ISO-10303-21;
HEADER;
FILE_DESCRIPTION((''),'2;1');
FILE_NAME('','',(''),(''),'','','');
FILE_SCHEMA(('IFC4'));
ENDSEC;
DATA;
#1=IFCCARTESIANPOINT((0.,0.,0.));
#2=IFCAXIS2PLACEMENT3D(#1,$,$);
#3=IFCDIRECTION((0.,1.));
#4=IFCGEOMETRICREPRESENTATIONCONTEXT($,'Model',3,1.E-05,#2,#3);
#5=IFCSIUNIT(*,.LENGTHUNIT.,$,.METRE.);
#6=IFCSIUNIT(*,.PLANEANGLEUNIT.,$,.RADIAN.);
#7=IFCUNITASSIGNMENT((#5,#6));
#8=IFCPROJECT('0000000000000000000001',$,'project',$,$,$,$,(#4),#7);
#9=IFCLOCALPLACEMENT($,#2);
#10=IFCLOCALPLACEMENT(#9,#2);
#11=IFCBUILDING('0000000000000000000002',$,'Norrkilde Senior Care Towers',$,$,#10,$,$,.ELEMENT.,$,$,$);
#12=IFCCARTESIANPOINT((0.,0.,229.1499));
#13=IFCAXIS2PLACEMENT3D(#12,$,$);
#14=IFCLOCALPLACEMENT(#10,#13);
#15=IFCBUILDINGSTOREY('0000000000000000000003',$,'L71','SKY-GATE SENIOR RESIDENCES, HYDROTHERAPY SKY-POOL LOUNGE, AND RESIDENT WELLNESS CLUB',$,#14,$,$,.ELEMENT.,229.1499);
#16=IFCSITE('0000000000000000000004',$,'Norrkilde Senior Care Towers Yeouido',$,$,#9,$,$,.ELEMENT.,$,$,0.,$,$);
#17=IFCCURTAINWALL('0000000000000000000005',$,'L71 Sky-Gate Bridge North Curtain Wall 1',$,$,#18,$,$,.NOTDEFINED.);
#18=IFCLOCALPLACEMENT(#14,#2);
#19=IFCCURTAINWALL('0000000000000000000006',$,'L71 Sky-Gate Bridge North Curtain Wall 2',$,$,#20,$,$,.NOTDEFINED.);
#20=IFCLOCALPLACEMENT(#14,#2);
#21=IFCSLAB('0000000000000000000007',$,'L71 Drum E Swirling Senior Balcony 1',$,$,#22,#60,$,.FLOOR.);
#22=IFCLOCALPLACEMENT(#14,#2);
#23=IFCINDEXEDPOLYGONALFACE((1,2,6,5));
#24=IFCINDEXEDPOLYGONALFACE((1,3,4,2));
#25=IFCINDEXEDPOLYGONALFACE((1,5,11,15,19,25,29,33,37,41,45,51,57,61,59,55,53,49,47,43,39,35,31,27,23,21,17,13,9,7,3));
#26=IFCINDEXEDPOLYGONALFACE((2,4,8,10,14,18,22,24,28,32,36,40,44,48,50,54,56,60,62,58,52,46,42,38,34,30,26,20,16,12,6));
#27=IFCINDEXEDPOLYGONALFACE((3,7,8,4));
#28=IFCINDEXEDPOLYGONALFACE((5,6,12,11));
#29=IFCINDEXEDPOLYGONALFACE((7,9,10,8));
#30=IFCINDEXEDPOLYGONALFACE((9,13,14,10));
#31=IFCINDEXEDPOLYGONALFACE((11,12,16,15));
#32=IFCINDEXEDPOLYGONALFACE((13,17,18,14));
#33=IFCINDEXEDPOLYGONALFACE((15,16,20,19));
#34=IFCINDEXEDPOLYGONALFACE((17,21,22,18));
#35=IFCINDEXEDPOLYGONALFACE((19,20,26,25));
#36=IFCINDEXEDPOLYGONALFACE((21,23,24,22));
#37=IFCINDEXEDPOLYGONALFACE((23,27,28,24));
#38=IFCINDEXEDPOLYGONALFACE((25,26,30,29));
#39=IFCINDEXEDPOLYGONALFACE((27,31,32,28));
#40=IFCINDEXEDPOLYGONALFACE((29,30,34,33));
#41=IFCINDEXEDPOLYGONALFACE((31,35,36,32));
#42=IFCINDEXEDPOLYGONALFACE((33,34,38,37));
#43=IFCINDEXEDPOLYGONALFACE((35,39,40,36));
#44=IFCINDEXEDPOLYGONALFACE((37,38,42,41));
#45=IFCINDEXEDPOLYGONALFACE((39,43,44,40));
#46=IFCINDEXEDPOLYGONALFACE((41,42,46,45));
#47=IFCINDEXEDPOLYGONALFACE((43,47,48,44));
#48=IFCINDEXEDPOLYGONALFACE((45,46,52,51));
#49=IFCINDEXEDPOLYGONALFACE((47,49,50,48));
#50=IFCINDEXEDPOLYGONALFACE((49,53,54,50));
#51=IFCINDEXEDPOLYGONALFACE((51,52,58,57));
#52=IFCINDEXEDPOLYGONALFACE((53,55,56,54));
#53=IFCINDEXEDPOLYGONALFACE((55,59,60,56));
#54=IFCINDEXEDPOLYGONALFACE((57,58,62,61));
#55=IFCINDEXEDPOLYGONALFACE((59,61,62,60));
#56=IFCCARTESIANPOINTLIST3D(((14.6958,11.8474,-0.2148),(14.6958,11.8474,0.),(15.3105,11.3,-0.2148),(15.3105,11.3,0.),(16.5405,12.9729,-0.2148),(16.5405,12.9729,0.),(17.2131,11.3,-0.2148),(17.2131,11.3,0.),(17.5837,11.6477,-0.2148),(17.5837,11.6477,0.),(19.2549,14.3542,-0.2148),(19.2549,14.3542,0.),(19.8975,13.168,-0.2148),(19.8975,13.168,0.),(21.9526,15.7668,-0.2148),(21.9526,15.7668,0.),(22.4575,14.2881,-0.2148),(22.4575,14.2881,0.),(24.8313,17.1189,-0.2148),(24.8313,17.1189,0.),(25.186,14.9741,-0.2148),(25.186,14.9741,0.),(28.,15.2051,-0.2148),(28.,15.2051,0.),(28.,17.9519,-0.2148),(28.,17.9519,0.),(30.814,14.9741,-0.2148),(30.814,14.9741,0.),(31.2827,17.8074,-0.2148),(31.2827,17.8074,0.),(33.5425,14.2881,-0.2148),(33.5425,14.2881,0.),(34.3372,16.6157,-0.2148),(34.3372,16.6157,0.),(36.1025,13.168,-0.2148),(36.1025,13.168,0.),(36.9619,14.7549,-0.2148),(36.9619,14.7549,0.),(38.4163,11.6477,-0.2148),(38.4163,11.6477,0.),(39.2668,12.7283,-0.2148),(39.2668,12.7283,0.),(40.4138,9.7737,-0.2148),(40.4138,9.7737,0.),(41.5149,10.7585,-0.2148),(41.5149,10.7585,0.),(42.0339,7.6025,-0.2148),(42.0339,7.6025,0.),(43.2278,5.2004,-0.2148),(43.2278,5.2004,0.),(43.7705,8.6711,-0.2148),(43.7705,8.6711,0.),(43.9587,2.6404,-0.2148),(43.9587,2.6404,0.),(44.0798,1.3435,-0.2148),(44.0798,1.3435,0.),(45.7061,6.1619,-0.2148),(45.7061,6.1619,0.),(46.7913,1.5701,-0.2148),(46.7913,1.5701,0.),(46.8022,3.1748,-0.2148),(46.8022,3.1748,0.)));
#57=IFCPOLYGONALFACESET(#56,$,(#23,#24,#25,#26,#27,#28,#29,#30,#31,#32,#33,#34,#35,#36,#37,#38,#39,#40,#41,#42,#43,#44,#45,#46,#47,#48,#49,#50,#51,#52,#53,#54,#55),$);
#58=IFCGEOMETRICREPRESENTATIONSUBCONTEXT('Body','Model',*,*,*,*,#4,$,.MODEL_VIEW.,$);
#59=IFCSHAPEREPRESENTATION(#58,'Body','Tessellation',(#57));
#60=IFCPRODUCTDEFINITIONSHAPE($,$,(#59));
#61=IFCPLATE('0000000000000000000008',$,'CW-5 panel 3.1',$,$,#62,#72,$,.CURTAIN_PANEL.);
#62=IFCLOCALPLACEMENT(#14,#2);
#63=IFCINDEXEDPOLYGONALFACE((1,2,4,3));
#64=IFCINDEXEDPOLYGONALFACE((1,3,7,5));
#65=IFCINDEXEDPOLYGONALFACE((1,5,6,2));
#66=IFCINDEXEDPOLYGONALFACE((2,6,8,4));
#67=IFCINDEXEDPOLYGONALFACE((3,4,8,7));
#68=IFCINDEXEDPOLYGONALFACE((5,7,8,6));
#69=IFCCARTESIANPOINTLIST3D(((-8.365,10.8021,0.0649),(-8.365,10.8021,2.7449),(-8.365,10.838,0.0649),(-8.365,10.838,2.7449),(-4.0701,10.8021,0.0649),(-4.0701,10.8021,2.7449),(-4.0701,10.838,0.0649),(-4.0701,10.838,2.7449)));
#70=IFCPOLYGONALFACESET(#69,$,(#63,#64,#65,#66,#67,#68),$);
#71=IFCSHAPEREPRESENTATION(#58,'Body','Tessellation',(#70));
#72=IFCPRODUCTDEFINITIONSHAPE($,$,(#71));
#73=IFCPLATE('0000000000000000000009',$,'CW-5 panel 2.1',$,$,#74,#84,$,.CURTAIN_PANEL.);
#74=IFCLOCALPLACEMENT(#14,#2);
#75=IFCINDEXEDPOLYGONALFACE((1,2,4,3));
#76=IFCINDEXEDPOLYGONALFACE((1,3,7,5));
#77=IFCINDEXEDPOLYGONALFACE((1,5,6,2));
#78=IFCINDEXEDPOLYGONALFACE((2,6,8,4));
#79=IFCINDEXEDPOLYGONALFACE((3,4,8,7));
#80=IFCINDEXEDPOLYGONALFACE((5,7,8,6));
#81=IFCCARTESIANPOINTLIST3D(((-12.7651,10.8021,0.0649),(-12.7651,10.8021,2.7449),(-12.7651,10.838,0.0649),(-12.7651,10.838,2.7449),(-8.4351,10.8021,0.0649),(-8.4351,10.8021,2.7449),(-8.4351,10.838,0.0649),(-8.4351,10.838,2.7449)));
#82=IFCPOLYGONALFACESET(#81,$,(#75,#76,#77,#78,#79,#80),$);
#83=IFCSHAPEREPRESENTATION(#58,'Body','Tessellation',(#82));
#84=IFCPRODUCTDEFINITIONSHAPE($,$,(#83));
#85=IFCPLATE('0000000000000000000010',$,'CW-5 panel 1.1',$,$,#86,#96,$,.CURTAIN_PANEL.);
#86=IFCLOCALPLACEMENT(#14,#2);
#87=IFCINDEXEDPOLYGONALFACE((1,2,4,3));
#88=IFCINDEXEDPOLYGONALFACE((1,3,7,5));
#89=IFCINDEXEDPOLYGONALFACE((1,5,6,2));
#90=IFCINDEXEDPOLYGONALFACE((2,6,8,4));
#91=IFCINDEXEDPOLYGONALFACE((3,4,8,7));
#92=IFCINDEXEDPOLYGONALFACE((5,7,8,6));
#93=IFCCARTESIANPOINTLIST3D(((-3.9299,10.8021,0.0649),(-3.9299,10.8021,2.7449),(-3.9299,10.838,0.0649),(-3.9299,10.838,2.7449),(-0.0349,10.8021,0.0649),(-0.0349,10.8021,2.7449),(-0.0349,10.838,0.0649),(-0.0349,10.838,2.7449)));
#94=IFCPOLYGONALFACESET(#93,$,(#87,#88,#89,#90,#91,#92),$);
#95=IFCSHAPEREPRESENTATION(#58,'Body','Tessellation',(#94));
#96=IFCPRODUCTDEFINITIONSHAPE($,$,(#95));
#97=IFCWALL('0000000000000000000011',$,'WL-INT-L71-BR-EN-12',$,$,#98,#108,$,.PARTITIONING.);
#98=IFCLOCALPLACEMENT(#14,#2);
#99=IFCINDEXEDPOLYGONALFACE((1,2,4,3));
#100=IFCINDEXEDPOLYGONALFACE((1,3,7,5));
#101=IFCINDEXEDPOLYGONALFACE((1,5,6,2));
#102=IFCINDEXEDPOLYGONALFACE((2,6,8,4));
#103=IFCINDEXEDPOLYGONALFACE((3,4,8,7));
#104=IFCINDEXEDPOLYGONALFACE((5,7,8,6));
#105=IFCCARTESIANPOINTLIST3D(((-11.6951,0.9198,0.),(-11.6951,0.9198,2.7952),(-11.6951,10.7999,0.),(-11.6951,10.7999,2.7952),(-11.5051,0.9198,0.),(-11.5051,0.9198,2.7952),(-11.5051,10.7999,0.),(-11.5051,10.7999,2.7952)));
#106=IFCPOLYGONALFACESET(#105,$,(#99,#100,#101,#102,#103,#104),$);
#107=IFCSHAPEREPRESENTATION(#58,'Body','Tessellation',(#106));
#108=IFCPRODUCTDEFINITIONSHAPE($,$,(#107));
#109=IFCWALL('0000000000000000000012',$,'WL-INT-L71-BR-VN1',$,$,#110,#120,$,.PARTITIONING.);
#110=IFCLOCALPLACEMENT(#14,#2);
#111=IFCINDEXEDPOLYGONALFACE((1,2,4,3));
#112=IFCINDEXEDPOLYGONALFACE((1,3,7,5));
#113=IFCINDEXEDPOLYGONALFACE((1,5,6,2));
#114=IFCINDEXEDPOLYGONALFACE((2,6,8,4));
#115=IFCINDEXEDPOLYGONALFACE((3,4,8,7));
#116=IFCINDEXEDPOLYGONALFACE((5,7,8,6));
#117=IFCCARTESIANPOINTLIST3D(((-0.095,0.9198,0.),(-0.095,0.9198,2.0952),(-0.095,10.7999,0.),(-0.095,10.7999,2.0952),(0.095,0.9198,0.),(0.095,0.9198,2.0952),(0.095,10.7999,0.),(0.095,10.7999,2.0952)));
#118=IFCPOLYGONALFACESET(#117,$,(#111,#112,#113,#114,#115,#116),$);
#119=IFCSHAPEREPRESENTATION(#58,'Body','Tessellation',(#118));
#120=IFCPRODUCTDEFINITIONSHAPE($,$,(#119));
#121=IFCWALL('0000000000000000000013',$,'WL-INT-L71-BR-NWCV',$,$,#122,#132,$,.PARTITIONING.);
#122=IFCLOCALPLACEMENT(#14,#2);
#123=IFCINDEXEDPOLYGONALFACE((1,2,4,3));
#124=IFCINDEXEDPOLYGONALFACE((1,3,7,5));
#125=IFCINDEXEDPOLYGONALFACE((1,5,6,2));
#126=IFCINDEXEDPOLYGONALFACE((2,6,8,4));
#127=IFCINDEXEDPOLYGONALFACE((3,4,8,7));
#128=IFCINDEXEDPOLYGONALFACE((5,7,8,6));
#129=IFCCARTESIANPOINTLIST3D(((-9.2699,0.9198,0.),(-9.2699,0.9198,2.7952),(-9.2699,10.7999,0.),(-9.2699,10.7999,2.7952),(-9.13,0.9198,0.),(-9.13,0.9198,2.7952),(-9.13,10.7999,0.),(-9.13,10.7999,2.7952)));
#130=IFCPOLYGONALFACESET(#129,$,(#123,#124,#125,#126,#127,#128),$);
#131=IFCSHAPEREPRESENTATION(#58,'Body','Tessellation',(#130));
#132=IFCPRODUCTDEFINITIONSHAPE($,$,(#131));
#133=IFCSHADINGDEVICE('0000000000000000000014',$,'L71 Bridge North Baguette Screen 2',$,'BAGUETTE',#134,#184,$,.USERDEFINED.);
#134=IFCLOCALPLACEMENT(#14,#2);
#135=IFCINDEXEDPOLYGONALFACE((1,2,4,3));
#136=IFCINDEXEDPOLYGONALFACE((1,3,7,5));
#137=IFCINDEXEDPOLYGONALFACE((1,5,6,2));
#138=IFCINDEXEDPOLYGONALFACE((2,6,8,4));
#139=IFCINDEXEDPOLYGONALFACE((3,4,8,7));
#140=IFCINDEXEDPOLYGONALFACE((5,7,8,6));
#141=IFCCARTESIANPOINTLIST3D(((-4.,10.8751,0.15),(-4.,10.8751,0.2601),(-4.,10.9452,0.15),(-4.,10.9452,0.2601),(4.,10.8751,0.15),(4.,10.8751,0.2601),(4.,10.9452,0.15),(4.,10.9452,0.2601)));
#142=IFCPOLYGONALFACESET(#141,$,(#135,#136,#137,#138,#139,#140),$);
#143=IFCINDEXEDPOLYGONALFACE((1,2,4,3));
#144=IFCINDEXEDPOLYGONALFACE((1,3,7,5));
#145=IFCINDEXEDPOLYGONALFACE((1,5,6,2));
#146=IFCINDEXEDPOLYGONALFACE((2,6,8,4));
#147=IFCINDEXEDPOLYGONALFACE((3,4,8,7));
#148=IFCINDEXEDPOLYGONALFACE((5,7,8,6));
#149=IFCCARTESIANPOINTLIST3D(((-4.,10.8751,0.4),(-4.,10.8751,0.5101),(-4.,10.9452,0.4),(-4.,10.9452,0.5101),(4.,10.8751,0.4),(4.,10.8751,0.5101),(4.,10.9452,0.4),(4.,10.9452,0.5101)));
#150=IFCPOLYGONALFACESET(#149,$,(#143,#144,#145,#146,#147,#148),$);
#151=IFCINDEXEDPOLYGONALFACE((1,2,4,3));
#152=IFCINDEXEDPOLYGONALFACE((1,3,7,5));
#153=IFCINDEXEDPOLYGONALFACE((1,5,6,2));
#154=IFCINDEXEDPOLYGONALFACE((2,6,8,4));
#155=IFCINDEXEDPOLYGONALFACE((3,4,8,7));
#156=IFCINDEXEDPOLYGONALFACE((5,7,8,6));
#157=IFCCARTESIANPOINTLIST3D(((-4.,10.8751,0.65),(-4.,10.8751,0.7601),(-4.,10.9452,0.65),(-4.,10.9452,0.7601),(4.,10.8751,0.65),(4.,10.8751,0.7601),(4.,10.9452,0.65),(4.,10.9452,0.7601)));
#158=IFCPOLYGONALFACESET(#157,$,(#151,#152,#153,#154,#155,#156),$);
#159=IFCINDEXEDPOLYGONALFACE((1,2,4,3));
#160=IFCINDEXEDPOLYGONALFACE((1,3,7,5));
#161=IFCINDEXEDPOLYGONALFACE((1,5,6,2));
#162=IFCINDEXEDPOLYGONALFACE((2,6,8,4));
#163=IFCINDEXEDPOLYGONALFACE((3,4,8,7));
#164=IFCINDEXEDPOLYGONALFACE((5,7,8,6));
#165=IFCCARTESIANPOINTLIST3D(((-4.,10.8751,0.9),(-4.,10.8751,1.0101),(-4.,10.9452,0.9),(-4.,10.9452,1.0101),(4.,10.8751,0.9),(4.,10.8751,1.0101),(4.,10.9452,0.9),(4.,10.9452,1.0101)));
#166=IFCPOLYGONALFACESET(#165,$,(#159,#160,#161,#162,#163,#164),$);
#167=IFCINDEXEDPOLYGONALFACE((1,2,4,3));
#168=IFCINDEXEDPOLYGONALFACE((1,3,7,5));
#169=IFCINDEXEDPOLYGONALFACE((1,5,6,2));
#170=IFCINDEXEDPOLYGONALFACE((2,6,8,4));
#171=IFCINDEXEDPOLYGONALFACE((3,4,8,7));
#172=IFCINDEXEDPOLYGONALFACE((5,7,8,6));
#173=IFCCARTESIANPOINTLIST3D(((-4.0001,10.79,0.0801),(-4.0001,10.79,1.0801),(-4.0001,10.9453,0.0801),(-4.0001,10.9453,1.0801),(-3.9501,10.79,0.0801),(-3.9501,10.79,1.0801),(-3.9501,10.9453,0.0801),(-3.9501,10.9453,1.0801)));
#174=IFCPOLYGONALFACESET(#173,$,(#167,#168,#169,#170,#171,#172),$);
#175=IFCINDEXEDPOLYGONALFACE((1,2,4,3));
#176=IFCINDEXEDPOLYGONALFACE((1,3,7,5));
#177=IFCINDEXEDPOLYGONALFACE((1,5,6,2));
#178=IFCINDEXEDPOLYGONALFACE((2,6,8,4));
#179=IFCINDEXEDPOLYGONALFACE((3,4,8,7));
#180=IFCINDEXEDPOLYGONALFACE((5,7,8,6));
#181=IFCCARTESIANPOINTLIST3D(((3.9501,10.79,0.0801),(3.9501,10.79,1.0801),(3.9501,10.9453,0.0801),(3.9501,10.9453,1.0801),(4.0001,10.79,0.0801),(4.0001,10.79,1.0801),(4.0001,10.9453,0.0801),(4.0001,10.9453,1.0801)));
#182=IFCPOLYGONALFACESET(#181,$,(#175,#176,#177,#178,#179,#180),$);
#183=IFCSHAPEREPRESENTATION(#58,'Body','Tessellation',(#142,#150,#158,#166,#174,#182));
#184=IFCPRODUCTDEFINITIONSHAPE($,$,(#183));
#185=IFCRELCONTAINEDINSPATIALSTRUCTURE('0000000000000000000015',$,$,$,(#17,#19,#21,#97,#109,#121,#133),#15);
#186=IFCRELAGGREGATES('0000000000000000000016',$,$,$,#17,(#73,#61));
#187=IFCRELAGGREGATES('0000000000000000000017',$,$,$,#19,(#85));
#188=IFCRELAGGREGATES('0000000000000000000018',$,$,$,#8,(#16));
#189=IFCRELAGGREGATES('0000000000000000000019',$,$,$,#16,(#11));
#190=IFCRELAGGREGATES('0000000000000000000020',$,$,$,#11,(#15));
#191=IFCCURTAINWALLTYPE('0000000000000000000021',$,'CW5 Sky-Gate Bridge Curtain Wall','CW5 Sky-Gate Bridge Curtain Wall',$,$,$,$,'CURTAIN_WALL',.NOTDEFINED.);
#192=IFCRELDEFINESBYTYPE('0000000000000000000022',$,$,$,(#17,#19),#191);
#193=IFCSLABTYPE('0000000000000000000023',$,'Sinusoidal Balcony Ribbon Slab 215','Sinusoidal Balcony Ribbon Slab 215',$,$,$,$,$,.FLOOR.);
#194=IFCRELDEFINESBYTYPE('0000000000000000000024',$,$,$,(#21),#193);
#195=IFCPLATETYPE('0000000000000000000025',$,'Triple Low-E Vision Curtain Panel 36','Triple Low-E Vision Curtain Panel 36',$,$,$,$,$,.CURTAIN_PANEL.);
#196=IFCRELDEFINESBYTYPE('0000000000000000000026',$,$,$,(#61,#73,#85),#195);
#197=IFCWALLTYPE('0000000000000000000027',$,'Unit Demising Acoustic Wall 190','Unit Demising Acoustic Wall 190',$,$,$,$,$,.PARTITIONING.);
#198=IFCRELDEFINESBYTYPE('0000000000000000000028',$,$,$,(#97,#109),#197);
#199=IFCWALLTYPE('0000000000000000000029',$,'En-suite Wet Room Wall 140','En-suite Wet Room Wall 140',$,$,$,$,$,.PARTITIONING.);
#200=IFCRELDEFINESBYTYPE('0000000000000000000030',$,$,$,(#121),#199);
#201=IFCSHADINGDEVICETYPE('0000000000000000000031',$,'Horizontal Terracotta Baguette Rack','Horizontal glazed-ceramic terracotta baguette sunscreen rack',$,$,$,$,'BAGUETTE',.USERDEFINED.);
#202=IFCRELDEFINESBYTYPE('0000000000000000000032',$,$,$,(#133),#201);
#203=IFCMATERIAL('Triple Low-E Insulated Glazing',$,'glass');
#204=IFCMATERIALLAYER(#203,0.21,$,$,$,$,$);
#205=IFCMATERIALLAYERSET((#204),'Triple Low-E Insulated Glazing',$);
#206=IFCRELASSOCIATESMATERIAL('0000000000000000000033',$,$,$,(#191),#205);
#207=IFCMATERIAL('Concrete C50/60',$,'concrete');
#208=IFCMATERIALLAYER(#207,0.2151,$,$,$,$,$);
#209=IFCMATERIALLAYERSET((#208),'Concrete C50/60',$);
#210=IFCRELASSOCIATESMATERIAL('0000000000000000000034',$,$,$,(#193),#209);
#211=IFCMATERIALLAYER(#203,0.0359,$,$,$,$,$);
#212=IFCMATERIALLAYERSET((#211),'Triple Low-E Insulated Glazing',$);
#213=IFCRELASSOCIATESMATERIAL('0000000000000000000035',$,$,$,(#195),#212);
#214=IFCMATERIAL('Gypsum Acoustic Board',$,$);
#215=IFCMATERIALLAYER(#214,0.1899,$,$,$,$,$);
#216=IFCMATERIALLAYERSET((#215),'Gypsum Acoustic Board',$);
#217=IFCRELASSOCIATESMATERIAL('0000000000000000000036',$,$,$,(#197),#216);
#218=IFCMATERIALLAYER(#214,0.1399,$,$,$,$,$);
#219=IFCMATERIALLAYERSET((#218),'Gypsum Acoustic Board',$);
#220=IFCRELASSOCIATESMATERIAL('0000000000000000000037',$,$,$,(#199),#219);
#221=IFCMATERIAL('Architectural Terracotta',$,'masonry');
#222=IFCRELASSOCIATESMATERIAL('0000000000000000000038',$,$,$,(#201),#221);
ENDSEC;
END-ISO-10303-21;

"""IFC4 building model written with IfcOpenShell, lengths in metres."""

from ifc_helpers import new_model, si_unit, direction, frame, frame_2d, origin, origin_2d, place, context, subcontext, project, spatial, polyline, rectangle, outline, extrude, source, transform, mapped, material, layer, layer_set, type_object, type_shapes, element, aggregate, save


model = new_model("IFC4")

# Units and contexts
model_context = context("Model", 3, precision=1e-05, world=origin(), true_north=direction((0.0, 1.0)))
body_context = subcontext(model_context, "Body", "Model", "MODEL_VIEW")
ifc_project = project(units=[si_unit("LENGTHUNIT", "METRE"), si_unit("PLANEANGLEUNIT", "RADIAN")], contexts=[model_context])

# Site, building, storey
site_placement = place(None, origin())
site = spatial("IfcSite", under=ifc_project, at=site_placement, Name="Norrkilde Senior Care Towers Yeouido", CompositionType="ELEMENT", RefElevation=0.0)
building_placement = place(site_placement, origin())
building = spatial("IfcBuilding", under=site, at=building_placement, Name="Norrkilde Senior Care Towers", CompositionType="ELEMENT")
storey_placement = place(building_placement, frame((0.0, 0.0, 229.1499)))
storey = spatial("IfcBuildingStorey", under=building, at=storey_placement, Name="L71", Description="SKY-GATE SENIOR RESIDENCES, HYDROTHERAPY SKY-POOL LOUNGE, AND RESIDENT WELLNESS CLUB", CompositionType="ELEMENT", Elevation=229.1499)

# Curtain walls
ifc_material_1 = material(Name="Triple Low-E Insulated Glazing", Category="glass")
ifc_layer_1 = layer(ifc_material_1, 0.21)
ifc_layer_set_1 = layer_set([ifc_layer_1], Name="Triple Low-E Insulated Glazing")
curtain_wall_type = type_object("IfcCurtainWallType", Name="CW5 Sky-Gate Bridge Curtain Wall", Description="CW5 Sky-Gate Bridge Curtain Wall", ElementType="CURTAIN_WALL", PredefinedType="NOTDEFINED", material=ifc_layer_set_1)
curtain_wall_1_placement = place(storey_placement, origin())
curtain_wall_1 = element("IfcCurtainWall", 1, at=curtain_wall_1_placement, inside=storey, type_object=curtain_wall_type, Name="L71 Sky-Gate Bridge North Curtain Wall 1", PredefinedType="NOTDEFINED")
curtain_wall_2_placement = place(storey_placement, origin())
curtain_wall_2 = element("IfcCurtainWall", 2, at=curtain_wall_2_placement, inside=storey, type_object=curtain_wall_type, Name="L71 Sky-Gate Bridge North Curtain Wall 2", PredefinedType="NOTDEFINED")

# Slab
ifc_material_2 = material(Name="Concrete C50/60", Category="concrete")
ifc_layer_2 = layer(ifc_material_2, 0.2151)
ifc_layer_set_2 = layer_set([ifc_layer_2], Name="Concrete C50/60")
slab_type_1 = type_object("IfcSlabType", Name="Sinusoidal Balcony Ribbon Slab 215", Description="Sinusoidal Balcony Ribbon Slab 215", PredefinedType="FLOOR", material=ifc_layer_set_2)
slab_1_placement = place(storey_placement, frame((0.0, 0.0, -0.2148)))
element("IfcSlab", 3, at=slab_1_placement, inside=storey, type_object=slab_type_1, Name="L71 Drum E Swirling Senior Balcony 1", PredefinedType="FLOOR", context=body_context, shape_type="SweptSolid", body=[
    extrude(outline(polyline([(21.9526, 15.7668), (24.8313, 17.1189), (28.0, 17.9519), (31.2827, 17.8074), (34.3372, 16.6157), (36.9619, 14.7549), (39.2668, 12.7283), (41.5149, 10.7585), (43.7705, 8.6711), (45.7061, 6.1619), (46.8022, 3.1748), (46.7913, 1.5701), (44.0798, 1.3435), (43.9587, 2.6404), (43.2278, 5.2004), (42.0339, 7.6025), (40.4138, 9.7737), (38.4163, 11.6477), (36.1025, 13.168), (33.5425, 14.2881), (30.814, 14.9741), (28.0, 15.2051), (25.186, 14.9741), (22.4575, 14.2881), (19.8975, 13.168), (17.5837, 11.6477), (17.2131, 11.3), (15.3105, 11.3), (14.6958, 11.8474), (16.5405, 12.9729), (19.2549, 14.3542), (21.9526, 15.7668)])), origin(), (0.0, 0.0, 1.0), 0.2148),
])

# Plates
ifc_layer_3 = layer(ifc_material_1, 0.0359)
ifc_layer_set_3 = layer_set([ifc_layer_3], Name="Triple Low-E Insulated Glazing")
plate_type = type_object("IfcPlateType", Name="Triple Low-E Vision Curtain Panel 36", Description="Triple Low-E Vision Curtain Panel 36", PredefinedType="CURTAIN_PANEL", material=ifc_layer_set_3)
shared_shape_1 = source(origin(), body_context, "Body", "SweptSolid", [
    extrude(rectangle(XDim=4.2949, YDim=0.0359, at=origin_2d()), origin(), (0.0, 0.0, 1.0), 2.6799),
])
plate_1_placement = place(storey_placement, frame((-6.2175, 10.8201, 0.0649), z_axis=(0.0, 0.0, 1.0), x_axis=(1.0, 0.0, 0.0)))
plate_1 = element("IfcPlate", 4, at=plate_1_placement, type_object=plate_type, Name="CW-5 panel 3.1", PredefinedType="CURTAIN_PANEL", context=body_context, shape_type="MappedRepresentation", body=[
    mapped(shared_shape_1, transform((0.0, 0.0, 0.0), x_axis=(1.0, 0.0, 0.0), y_axis=(0.0, 1.0, 0.0), z_axis=(0.0, 0.0, 1.0), scale=1.0)),
])
shared_shape_2 = source(origin(), body_context, "Body", "SweptSolid", [
    extrude(rectangle(XDim=4.3301, YDim=0.0359, at=origin_2d()), origin(), (0.0, 0.0, 1.0), 2.6799),
])
plate_2_placement = place(storey_placement, frame((-10.6001, 10.8201, 0.0649), z_axis=(0.0, 0.0, 1.0), x_axis=(1.0, 0.0, 0.0)))
plate_2 = element("IfcPlate", 5, at=plate_2_placement, type_object=plate_type, Name="CW-5 panel 2.1", PredefinedType="CURTAIN_PANEL", context=body_context, shape_type="MappedRepresentation", body=[
    mapped(shared_shape_2, transform((0.0, 0.0, 0.0), x_axis=(1.0, 0.0, 0.0), y_axis=(0.0, 1.0, 0.0), z_axis=(0.0, 0.0, 1.0), scale=1.0)),
])
aggregate(curtain_wall_1, [plate_2, plate_1])
shared_shape_3 = source(origin(), body_context, "Body", "SweptSolid", [
    extrude(rectangle(XDim=3.895, YDim=0.0359, at=origin_2d()), origin(), (0.0, 0.0, 1.0), 2.6799),
])
type_shapes(plate_type, [shared_shape_1, shared_shape_2, shared_shape_3])
plate_3_placement = place(storey_placement, frame((-1.9824, 10.8201, 0.0649), z_axis=(0.0, 0.0, 1.0), x_axis=(1.0, 0.0, 0.0)))
plate_3 = element("IfcPlate", 6, at=plate_3_placement, type_object=plate_type, Name="CW-5 panel 1.1", PredefinedType="CURTAIN_PANEL", context=body_context, shape_type="MappedRepresentation", body=[
    mapped(shared_shape_3, transform((0.0, 0.0, 0.0), x_axis=(1.0, 0.0, 0.0), y_axis=(0.0, 1.0, 0.0), z_axis=(0.0, 0.0, 1.0), scale=1.0)),
])
aggregate(curtain_wall_2, [plate_3])

# Shared definitions
ifc_material_3 = material(Name="Gypsum Acoustic Board")

# Walls
ifc_layer_4 = layer(ifc_material_3, 0.1899)
ifc_layer_set_4 = layer_set([ifc_layer_4], Name="Gypsum Acoustic Board")
wall_type_1 = type_object("IfcWallType", Name="Unit Demising Acoustic Wall 190", Description="Unit Demising Acoustic Wall 190", PredefinedType="PARTITIONING", material=ifc_layer_set_4)
shared_shape_4 = source(origin(), body_context, "Body", "SweptSolid", [
    extrude(rectangle(XDim=9.8801, YDim=0.1899, at=frame_2d((4.9399, 0.0))), origin(), (0.0, 0.0, 1.0), 2.7952),
])
wall_1_placement = place(storey_placement, frame((-11.6001, 0.9199, 0.0), z_axis=(0.0, 0.0, 1.0), x_axis=(0.0, 1.0, 0.0)))
element("IfcWall", 7, at=wall_1_placement, inside=storey, type_object=wall_type_1, Name="WL-INT-L71-BR-EN-12", PredefinedType="PARTITIONING", context=body_context, shape_type="MappedRepresentation", body=[
    mapped(shared_shape_4, transform((0.0, 0.0, 0.0), x_axis=(1.0, 0.0, 0.0), y_axis=(0.0, 1.0, 0.0), z_axis=(0.0, 0.0, 1.0), scale=1.0)),
])
shared_shape_5 = source(origin(), body_context, "Body", "SweptSolid", [
    extrude(rectangle(XDim=9.8801, YDim=0.1899, at=frame_2d((4.9399, 0.0))), origin(), (0.0, 0.0, 1.0), 2.0952),
])
type_shapes(wall_type_1, [shared_shape_4, shared_shape_5])
wall_2_placement = place(storey_placement, frame((0.0, 0.9199, 0.0), z_axis=(0.0, 0.0, 1.0), x_axis=(0.0, 1.0, 0.0)))
element("IfcWall", 8, at=wall_2_placement, inside=storey, type_object=wall_type_1, Name="WL-INT-L71-BR-VN1", PredefinedType="PARTITIONING", context=body_context, shape_type="MappedRepresentation", body=[
    mapped(shared_shape_5, transform((0.0, 0.0, 0.0), x_axis=(1.0, 0.0, 0.0), y_axis=(0.0, 1.0, 0.0), z_axis=(0.0, 0.0, 1.0), scale=1.0)),
])
ifc_layer_5 = layer(ifc_material_3, 0.1399)
ifc_layer_set_5 = layer_set([ifc_layer_5], Name="Gypsum Acoustic Board")
wall_type_2 = type_object("IfcWallType", Name="En-suite Wet Room Wall 140", Description="En-suite Wet Room Wall 140", PredefinedType="PARTITIONING", material=ifc_layer_set_5)
shared_shape_6 = source(origin(), body_context, "Body", "SweptSolid", [
    extrude(rectangle(XDim=9.8801, YDim=0.1399, at=frame_2d((4.9399, 0.0))), origin(), (0.0, 0.0, 1.0), 2.7952),
])
type_shapes(wall_type_2, [shared_shape_6])
wall_3_placement = place(storey_placement, frame((-9.2, 0.9199, 0.0), z_axis=(0.0, 0.0, 1.0), x_axis=(0.0, 1.0, 0.0)))
element("IfcWall", 9, at=wall_3_placement, inside=storey, type_object=wall_type_2, Name="WL-INT-L71-BR-NWCV", PredefinedType="PARTITIONING", context=body_context, shape_type="MappedRepresentation", body=[
    mapped(shared_shape_6, transform((0.0, 0.0, 0.0), x_axis=(1.0, 0.0, 0.0), y_axis=(0.0, 1.0, 0.0), z_axis=(0.0, 0.0, 1.0), scale=1.0)),
])

# Shading device
ifc_material_4 = material(Name="Architectural Terracotta", Category="masonry")
shading_device_type = type_object("IfcShadingDeviceType", Name="Horizontal Terracotta Baguette Rack", Description="Horizontal glazed-ceramic terracotta baguette sunscreen rack", ElementType="BAGUETTE", PredefinedType="USERDEFINED", material=ifc_material_4)
shared_shape_7 = source(origin(), body_context, "Body", "SweptSolid", [
    extrude(rectangle(XDim=0.0701, YDim=0.1101, at=origin_2d()), frame((0.0, 0.0901, 0.125), z_axis=(1.0, 0.0, 0.0), x_axis=(0.0, 1.0, 0.0)), (0.0, 0.0, 1.0), 8.0),
    extrude(rectangle(XDim=0.0701, YDim=0.1101, at=origin_2d()), frame((0.0, 0.0901, 0.375), z_axis=(1.0, 0.0, 0.0), x_axis=(0.0, 1.0, 0.0)), (0.0, 0.0, 1.0), 8.0),
    extrude(rectangle(XDim=0.0701, YDim=0.1101, at=origin_2d()), frame((0.0, 0.0901, 0.625), z_axis=(1.0, 0.0, 0.0), x_axis=(0.0, 1.0, 0.0)), (0.0, 0.0, 1.0), 8.0),
    extrude(rectangle(XDim=0.0701, YDim=0.1101, at=origin_2d()), frame((0.0, 0.0901, 0.875), z_axis=(1.0, 0.0, 0.0), x_axis=(0.0, 1.0, 0.0)), (0.0, 0.0, 1.0), 8.0),
    extrude(rectangle(XDim=0.05, YDim=0.1553, at=origin_2d()), frame((0.0249, 0.0476, 0.0)), (0.0, 0.0, 1.0), 1.0),
    extrude(rectangle(XDim=0.05, YDim=0.1553, at=origin_2d()), frame((7.9751, 0.0476, 0.0)), (0.0, 0.0, 1.0), 1.0),
])
type_shapes(shading_device_type, [shared_shape_7])
shading_device_placement = place(storey_placement, frame((-4.0, 10.8201, 0.0801), z_axis=(0.0, 0.0, 1.0), x_axis=(1.0, 0.0, 0.0)))
element("IfcShadingDevice", 10, at=shading_device_placement, inside=storey, type_object=shading_device_type, Name="L71 Bridge North Baguette Screen 2", ObjectType="BAGUETTE", PredefinedType="USERDEFINED", context=body_context, shape_type="MappedRepresentation", body=[
    mapped(shared_shape_7, transform((0.0, 0.0, 0.0), x_axis=(1.0, 0.0, 0.0), y_axis=(0.0, 1.0, 0.0), z_axis=(0.0, 0.0, 1.0), scale=1.0)),
])

save(model, "model.ifc")
